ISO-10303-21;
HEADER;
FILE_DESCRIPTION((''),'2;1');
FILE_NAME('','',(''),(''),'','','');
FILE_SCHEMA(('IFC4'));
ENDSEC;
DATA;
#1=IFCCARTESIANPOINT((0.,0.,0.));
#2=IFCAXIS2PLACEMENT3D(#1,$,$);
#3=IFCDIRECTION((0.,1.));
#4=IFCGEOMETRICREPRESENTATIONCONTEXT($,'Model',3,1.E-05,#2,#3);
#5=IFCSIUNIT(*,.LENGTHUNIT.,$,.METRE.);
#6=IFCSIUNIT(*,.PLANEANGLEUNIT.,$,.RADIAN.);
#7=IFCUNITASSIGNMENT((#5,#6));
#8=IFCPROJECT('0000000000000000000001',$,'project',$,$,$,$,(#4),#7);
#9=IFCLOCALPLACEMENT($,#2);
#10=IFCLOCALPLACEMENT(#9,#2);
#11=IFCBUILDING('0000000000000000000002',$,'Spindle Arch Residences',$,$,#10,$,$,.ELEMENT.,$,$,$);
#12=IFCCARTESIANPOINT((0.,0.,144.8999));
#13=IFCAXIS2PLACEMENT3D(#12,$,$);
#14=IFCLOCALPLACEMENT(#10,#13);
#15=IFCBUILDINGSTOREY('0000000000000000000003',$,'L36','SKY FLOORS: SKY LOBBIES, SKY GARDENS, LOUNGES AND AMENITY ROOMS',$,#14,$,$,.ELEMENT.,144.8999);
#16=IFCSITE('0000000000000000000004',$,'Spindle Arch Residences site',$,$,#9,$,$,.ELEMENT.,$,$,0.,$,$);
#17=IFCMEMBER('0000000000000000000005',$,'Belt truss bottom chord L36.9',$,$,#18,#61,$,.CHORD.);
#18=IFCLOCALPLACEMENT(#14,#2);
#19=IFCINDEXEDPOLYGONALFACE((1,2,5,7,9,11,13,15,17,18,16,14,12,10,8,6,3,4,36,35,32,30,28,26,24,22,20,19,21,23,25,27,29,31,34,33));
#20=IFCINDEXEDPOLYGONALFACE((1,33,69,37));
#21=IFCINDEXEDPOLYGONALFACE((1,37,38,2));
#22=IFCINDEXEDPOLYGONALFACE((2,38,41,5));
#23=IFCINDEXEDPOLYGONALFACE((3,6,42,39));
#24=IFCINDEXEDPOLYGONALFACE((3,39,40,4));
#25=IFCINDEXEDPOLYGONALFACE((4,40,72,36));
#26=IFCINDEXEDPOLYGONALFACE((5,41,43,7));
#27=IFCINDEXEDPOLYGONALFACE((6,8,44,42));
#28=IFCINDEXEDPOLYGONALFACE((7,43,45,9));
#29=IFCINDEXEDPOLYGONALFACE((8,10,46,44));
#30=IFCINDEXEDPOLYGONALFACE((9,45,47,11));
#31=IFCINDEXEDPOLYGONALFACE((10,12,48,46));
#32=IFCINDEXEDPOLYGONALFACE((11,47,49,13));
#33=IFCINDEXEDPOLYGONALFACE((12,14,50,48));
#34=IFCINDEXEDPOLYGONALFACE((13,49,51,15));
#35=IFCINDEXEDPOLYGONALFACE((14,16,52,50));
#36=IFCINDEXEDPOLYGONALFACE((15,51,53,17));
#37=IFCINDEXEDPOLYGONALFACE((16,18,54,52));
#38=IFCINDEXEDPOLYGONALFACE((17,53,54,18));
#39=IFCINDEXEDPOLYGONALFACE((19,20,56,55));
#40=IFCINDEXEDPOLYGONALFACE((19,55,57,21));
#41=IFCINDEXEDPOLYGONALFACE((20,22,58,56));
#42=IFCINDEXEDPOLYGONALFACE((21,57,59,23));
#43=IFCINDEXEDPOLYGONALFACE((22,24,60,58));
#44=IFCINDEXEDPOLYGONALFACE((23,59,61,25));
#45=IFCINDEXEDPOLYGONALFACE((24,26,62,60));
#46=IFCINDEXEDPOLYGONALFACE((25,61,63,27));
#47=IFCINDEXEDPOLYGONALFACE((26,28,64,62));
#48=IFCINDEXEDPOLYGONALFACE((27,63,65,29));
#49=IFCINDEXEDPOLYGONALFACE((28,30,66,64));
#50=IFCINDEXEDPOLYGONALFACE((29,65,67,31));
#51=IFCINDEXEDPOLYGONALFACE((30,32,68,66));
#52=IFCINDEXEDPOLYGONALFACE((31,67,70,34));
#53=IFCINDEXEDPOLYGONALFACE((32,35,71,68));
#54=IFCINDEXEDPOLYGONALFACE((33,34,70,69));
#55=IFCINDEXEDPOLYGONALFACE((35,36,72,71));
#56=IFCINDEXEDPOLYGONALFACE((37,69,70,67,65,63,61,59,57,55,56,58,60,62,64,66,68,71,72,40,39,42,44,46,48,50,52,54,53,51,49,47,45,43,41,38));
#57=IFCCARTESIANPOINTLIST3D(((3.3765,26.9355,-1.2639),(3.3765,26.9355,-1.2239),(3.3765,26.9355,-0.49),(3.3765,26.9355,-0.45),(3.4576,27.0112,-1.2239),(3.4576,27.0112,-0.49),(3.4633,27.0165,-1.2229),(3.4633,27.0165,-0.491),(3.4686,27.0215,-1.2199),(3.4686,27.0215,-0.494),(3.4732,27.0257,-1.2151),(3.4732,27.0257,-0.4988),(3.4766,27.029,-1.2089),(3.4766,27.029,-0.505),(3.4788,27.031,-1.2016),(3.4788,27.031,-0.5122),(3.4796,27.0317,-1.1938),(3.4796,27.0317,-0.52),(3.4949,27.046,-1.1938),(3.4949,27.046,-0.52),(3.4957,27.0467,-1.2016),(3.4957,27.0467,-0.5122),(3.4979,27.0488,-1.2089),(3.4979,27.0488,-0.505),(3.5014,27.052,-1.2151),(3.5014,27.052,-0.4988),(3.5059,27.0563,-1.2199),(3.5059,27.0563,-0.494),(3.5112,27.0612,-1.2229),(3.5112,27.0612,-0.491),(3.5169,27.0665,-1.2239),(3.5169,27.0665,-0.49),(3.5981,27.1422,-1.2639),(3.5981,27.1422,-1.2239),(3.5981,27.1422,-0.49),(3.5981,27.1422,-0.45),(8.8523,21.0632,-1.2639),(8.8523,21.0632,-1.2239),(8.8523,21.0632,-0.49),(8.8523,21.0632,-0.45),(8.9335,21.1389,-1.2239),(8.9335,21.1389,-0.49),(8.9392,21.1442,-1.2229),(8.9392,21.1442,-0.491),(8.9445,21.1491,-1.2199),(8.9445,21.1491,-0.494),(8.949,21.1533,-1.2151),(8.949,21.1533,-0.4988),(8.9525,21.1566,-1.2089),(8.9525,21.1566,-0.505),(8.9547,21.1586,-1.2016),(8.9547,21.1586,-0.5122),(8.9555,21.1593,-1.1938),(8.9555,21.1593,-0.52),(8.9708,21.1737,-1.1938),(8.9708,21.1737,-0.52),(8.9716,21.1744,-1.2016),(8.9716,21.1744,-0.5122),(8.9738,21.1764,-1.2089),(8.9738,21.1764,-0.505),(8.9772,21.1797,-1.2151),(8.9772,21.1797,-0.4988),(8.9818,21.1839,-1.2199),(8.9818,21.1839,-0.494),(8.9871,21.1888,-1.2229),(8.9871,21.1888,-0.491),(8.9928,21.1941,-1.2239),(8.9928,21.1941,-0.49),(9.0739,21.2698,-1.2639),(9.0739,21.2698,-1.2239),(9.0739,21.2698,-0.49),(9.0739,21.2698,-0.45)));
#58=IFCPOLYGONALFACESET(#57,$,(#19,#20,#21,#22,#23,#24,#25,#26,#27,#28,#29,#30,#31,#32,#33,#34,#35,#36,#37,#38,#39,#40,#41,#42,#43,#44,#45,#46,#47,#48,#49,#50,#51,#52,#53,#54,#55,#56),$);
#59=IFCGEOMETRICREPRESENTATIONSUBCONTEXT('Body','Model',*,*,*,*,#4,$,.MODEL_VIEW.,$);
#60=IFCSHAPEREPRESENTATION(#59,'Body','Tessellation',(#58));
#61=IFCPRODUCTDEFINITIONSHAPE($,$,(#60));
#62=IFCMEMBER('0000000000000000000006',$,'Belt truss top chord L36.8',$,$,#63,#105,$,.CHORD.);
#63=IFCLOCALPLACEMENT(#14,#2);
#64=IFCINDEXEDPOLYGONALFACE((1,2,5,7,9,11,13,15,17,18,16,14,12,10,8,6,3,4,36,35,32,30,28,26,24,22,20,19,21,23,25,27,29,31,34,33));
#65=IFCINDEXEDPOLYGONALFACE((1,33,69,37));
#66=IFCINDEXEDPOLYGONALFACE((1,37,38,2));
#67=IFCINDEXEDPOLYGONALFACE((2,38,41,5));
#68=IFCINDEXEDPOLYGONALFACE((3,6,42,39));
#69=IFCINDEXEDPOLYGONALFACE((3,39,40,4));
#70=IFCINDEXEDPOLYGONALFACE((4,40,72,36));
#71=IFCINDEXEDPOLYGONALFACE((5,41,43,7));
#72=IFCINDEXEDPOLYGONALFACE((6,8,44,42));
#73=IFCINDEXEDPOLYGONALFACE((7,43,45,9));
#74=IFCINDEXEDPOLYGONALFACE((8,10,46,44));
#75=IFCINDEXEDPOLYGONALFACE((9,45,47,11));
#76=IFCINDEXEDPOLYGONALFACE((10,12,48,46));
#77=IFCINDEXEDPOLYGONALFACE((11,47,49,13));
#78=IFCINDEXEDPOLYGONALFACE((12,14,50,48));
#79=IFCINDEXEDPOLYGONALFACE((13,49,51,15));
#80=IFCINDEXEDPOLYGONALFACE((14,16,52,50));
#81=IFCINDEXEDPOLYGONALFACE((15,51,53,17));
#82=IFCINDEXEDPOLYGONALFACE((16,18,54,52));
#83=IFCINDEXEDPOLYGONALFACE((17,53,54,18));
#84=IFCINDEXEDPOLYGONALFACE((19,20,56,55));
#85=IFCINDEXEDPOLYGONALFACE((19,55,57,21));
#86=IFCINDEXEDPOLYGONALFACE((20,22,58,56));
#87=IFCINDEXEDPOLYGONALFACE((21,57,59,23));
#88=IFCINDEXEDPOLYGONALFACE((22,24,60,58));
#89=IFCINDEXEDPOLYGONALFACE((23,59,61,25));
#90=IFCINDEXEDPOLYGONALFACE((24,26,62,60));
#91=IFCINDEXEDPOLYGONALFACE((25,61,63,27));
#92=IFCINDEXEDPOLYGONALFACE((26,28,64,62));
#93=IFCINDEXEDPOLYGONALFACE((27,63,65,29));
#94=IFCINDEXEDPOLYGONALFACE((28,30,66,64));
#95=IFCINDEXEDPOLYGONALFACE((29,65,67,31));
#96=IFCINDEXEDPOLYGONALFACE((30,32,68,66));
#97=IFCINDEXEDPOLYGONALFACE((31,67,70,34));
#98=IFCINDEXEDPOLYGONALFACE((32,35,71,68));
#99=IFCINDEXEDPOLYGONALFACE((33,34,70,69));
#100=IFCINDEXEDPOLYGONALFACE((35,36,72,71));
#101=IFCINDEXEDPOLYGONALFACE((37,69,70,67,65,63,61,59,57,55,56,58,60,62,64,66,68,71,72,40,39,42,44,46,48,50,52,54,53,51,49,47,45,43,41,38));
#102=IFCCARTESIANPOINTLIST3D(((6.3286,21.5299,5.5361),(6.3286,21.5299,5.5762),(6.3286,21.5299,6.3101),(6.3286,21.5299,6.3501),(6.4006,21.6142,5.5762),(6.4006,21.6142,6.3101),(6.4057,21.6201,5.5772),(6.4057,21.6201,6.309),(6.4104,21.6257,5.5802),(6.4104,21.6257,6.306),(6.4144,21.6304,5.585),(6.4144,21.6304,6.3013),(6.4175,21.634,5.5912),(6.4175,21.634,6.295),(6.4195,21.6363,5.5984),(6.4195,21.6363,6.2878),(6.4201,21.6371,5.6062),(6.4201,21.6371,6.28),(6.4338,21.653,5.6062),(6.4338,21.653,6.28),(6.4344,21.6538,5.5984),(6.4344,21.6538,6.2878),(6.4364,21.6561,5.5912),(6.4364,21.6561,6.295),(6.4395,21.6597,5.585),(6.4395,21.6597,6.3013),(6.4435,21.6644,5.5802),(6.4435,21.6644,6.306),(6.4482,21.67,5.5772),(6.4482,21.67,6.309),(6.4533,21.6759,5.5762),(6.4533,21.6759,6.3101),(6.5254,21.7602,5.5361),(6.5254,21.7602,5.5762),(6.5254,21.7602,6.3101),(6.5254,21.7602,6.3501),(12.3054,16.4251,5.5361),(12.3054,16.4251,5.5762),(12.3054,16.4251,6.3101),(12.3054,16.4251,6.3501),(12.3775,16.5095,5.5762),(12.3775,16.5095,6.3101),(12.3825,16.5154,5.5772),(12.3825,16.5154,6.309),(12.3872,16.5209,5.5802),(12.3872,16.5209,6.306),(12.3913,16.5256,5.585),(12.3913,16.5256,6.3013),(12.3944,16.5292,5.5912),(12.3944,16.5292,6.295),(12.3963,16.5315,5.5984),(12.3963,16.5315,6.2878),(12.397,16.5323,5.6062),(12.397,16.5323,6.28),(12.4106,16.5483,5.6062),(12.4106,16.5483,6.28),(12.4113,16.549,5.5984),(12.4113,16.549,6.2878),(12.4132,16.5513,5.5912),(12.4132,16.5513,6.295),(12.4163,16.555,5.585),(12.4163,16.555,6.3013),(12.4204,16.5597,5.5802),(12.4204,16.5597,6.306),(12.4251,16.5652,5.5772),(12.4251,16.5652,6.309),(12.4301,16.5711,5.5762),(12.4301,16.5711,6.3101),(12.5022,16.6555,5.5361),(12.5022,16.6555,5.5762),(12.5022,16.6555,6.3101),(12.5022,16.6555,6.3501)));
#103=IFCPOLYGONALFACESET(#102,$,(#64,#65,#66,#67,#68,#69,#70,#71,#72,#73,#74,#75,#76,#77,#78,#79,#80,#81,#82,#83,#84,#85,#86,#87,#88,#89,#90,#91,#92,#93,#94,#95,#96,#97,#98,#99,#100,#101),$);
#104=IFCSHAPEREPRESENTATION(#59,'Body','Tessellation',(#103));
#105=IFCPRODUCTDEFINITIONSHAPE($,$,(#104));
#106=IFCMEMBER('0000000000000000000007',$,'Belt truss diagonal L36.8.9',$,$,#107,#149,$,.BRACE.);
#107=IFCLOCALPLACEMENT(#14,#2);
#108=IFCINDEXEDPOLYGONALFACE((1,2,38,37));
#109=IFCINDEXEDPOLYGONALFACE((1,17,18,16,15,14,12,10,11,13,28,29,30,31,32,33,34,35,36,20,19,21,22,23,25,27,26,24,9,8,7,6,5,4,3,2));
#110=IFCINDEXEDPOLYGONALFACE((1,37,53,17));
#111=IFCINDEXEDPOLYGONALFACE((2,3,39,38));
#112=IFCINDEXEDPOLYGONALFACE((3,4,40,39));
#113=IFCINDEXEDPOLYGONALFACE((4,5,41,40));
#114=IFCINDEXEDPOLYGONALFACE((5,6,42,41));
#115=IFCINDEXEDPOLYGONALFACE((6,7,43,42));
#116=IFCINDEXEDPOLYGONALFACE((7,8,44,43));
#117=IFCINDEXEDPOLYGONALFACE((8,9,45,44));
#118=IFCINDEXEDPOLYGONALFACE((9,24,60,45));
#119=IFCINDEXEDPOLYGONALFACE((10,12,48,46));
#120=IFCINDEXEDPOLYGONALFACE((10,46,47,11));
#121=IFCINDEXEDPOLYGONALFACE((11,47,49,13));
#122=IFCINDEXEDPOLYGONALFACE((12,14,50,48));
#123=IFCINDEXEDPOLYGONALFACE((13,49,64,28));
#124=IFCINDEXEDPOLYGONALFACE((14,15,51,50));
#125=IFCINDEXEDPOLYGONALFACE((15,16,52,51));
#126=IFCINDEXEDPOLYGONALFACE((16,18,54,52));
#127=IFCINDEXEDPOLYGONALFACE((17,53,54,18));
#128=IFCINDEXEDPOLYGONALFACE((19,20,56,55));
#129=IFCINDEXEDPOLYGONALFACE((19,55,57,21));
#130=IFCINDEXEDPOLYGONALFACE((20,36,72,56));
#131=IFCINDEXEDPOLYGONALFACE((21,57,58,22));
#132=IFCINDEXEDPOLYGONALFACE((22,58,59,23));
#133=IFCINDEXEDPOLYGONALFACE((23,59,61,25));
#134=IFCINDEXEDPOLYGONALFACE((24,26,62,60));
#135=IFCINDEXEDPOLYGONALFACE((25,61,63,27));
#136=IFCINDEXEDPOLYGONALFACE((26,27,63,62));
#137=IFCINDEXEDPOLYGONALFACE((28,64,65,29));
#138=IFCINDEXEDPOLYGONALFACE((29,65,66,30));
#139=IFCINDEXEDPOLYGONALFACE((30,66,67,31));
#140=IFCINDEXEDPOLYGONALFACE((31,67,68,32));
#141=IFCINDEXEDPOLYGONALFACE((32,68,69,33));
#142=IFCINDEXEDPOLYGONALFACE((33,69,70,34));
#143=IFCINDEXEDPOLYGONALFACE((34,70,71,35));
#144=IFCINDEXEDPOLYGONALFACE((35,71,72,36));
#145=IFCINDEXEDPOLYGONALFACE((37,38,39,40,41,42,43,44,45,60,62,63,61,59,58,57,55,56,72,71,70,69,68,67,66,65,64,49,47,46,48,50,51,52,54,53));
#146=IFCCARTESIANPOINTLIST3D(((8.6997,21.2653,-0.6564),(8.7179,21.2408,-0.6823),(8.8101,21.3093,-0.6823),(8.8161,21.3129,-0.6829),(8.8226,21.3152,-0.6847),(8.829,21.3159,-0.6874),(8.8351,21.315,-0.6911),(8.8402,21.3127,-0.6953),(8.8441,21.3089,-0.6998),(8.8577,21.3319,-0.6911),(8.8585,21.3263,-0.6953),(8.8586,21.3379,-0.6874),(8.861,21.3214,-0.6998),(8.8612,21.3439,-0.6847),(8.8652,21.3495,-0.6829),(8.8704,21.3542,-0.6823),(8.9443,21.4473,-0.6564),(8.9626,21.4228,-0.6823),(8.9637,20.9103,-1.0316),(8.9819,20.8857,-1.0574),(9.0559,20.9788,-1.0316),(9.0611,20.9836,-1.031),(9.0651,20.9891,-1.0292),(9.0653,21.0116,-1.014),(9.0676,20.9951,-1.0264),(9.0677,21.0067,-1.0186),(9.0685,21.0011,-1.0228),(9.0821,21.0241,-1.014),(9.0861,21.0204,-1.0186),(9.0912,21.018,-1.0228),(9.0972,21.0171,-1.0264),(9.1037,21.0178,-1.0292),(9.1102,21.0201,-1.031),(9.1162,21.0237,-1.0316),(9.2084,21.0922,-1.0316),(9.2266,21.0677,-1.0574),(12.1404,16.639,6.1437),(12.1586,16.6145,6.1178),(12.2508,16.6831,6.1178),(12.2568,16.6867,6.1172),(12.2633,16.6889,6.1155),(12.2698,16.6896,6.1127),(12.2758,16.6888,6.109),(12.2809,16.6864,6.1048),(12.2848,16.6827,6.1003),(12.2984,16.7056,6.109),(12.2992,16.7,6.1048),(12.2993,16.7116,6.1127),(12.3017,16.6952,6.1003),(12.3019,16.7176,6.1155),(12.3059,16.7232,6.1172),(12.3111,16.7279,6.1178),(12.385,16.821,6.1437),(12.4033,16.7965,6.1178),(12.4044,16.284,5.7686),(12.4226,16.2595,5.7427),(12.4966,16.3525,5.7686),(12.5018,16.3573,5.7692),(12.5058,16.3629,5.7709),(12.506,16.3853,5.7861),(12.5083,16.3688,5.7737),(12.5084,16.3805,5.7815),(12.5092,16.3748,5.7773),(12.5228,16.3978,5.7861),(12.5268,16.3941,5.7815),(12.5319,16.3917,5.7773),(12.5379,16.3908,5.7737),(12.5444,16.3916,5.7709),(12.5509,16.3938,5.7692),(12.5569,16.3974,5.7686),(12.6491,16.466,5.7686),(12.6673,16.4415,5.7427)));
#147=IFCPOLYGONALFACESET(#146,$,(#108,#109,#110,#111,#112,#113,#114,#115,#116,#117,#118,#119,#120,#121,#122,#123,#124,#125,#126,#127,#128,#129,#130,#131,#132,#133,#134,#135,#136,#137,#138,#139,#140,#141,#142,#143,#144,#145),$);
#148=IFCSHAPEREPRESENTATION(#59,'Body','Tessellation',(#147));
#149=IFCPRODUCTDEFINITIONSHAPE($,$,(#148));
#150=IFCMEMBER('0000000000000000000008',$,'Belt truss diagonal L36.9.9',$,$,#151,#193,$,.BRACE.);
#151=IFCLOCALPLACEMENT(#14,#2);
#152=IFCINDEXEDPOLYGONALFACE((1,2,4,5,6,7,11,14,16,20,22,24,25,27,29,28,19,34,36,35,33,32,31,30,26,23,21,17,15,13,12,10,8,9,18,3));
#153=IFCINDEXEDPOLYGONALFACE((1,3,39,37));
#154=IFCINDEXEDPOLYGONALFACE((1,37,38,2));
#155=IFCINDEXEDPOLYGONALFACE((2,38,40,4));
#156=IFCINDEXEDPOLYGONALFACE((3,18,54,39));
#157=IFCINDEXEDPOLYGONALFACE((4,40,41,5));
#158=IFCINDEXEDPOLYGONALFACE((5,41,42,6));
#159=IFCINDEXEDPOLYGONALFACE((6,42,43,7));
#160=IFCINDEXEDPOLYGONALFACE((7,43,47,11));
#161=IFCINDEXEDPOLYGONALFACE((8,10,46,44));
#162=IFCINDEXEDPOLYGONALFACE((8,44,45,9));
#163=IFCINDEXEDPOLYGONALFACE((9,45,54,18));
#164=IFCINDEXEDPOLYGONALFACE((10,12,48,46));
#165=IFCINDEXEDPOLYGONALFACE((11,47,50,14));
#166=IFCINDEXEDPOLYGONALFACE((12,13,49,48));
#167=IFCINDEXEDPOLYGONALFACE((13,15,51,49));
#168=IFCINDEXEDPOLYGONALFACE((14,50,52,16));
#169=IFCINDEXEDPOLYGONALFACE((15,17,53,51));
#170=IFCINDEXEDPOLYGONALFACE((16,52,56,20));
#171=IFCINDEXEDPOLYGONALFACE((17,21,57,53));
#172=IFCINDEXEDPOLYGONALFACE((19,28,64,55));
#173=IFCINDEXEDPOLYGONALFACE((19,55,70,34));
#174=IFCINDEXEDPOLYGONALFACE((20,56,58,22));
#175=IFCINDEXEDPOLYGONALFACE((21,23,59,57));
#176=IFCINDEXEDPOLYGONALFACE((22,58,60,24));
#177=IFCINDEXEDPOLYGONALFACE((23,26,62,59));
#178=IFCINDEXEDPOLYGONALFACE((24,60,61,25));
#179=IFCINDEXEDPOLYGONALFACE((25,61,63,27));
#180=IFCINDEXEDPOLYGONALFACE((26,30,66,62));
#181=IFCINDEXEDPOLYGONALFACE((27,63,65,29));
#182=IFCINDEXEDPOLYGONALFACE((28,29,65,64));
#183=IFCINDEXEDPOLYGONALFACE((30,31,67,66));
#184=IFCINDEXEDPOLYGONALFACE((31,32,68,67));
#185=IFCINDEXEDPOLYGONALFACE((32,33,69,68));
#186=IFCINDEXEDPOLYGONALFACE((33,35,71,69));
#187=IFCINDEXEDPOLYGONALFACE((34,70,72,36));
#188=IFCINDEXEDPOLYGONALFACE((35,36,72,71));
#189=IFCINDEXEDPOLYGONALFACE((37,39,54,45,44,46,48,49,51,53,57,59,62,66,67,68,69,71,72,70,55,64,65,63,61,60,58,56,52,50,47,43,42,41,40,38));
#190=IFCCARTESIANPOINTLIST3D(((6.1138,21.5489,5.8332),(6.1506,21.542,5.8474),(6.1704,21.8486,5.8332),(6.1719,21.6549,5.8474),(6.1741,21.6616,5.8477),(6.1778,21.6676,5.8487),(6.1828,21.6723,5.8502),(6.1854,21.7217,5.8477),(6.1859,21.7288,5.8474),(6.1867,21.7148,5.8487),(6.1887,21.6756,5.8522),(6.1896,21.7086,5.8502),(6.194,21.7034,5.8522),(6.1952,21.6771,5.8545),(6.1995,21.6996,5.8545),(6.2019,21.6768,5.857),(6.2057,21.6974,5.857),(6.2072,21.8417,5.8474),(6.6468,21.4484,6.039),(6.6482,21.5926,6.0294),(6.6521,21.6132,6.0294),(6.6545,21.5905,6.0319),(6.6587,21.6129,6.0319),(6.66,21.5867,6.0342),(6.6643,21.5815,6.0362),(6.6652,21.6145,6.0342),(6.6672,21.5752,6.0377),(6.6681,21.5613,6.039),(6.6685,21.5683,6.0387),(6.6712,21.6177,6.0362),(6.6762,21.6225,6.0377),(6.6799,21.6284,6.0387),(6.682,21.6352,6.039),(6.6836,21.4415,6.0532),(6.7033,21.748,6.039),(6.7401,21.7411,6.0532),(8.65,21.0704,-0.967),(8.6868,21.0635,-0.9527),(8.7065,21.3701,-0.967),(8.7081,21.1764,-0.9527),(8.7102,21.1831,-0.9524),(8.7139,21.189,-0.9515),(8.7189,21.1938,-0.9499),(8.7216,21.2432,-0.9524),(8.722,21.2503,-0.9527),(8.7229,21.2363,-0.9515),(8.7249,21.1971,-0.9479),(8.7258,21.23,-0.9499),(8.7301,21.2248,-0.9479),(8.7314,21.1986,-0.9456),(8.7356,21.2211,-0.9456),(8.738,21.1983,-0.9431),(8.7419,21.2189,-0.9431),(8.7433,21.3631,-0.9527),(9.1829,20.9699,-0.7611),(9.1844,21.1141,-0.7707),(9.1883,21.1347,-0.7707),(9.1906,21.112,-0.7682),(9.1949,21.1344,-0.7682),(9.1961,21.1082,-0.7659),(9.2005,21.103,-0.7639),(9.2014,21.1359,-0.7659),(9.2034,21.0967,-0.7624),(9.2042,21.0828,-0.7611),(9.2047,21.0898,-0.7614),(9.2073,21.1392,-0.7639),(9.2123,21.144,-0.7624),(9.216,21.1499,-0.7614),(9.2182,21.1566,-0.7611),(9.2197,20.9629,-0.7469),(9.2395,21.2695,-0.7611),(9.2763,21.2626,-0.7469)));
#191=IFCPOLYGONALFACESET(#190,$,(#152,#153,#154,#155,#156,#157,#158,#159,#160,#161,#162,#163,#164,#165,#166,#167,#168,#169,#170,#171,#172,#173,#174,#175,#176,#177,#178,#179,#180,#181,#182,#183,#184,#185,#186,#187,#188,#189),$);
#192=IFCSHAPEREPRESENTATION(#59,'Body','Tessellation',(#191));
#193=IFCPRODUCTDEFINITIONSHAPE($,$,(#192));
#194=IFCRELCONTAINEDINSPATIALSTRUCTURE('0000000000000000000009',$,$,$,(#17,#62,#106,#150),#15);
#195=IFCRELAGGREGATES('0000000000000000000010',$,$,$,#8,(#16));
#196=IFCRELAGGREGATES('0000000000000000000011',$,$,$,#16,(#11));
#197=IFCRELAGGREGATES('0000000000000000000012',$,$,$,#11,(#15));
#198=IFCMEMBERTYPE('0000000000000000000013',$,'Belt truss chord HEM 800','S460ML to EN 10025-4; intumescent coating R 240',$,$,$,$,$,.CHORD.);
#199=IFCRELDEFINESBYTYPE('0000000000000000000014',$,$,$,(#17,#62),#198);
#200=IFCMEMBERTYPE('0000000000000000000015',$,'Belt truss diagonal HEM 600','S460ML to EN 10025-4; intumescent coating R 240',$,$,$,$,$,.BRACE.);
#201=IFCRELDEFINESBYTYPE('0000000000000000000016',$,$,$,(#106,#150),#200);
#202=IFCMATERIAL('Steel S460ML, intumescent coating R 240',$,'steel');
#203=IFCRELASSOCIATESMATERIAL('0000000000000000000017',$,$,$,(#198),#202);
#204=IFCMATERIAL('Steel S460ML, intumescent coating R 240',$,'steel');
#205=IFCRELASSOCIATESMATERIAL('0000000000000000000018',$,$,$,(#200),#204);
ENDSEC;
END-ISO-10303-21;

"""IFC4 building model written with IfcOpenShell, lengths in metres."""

from ifc_helpers import new_model, si_unit, direction, frame, origin, origin_2d, place, context, subcontext, project, spatial, i_section, extrude, material, material_profile, profile_set, type_object, element, save


model = new_model("IFC4")

# Units and contexts
model_context = context("Model", 3, precision=1e-05, world=origin(), true_north=direction((0.0, 1.0)))
body_context = subcontext(model_context, "Body", "Model", "MODEL_VIEW")
ifc_project = project(units=[si_unit("LENGTHUNIT", "METRE"), si_unit("PLANEANGLEUNIT", "RADIAN")], contexts=[model_context])

# Site, building, storey
site_placement = place(None, origin())
site = spatial("IfcSite", under=ifc_project, at=site_placement, Name="Spindle Arch Residences site", CompositionType="ELEMENT", RefElevation=0.0)
building_placement = place(site_placement, origin())
building = spatial("IfcBuilding", under=site, at=building_placement, Name="Spindle Arch Residences", CompositionType="ELEMENT")
storey_placement = place(building_placement, frame((0.0, 0.0, 144.8999)))
storey = spatial("IfcBuildingStorey", under=building, at=storey_placement, Name="L36", Description="SKY FLOORS: SKY LOBBIES, SKY GARDENS, LOUNGES AND AMENITY ROOMS", CompositionType="ELEMENT", Elevation=144.8999)

# Members
ifc_material_1 = material(Name="Steel S460ML, intumescent coating R 240", Category="steel")
ifc_material_profile_1 = material_profile(ifc_material_1, i_section(OverallWidth=0.303, OverallDepth=0.814, WebThickness=0.021, FlangeThickness=0.04, FilletRadius=0.03, at=origin_2d()), Name="HEM 800")
ifc_profile_set_1 = profile_set([ifc_material_profile_1], Name="Steel S460ML, intumescent coating R 240")
member_type_1 = type_object("IfcMemberType", Name="Belt truss chord HEM 800", Description="S460ML to EN 10025-4; intumescent coating R 240", PredefinedType="CHORD", material=ifc_profile_set_1)
member_1_placement = place(storey_placement, frame((8.9631, 21.1665, -0.8569), z_axis=(-0.681986, 0.731366, 0.0), x_axis=(-0.731366, -0.681986, 0.0)))
element("IfcMember", 1, at=member_1_placement, inside=storey, type_object=member_type_1, Name="Belt truss bottom chord L36.9", PredefinedType="CHORD", context=body_context, shape_type="SweptSolid", body=[
    extrude(i_section(OverallWidth=0.303, OverallDepth=0.814, WebThickness=0.021, FlangeThickness=0.04, FilletRadius=0.03, at=origin_2d()), origin(), (0.0, 0.0, 1.0), 8.0293),
])
member_2_placement = place(storey_placement, frame((12.4038, 16.5403, 5.9431), z_axis=(-0.760402, 0.649453, 0.0), x_axis=(-0.649453, -0.760402, 0.0)))
element("IfcMember", 2, at=member_2_placement, inside=storey, type_object=member_type_1, Name="Belt truss top chord L36.8", PredefinedType="CHORD", context=body_context, shape_type="SweptSolid", body=[
    extrude(i_section(OverallWidth=0.303, OverallDepth=0.814, WebThickness=0.021, FlangeThickness=0.04, FilletRadius=0.03, at=origin_2d()), origin(), (0.0, 0.0, 1.0), 7.8601),
])
ifc_material_2 = material(Name="Steel S460ML, intumescent coating R 240", Category="steel")
ifc_material_profile_2 = material_profile(ifc_material_2, i_section(OverallWidth=0.3049, OverallDepth=0.6201, WebThickness=0.021, FlangeThickness=0.04, FilletRadius=0.0271, at=origin_2d()), Name="HEM 600")
ifc_profile_set_2 = profile_set([ifc_material_profile_2], Name="Steel S460ML, intumescent coating R 240")
member_type_2 = type_object("IfcMemberType", Name="Belt truss diagonal HEM 600", Description="S460ML to EN 10025-4; intumescent coating R 240", PredefinedType="BRACE", material=ifc_profile_set_2)
member_3_placement = place(storey_placement, frame((8.9631, 21.1665, -0.8569), z_axis=(0.385933, -0.518914, 0.762748), x_axis=(0.802407, 0.596777, 0.0)))
element("IfcMember", 3, at=member_3_placement, inside=storey, type_object=member_type_2, Name="Belt truss diagonal L36.8.9", PredefinedType="BRACE", context=body_context, shape_type="SweptSolid", body=[
    extrude(i_section(OverallWidth=0.3049, OverallDepth=0.6201, WebThickness=0.021, FlangeThickness=0.04, FilletRadius=0.0271, at=origin_2d()), origin(), (0.0, 0.0, 1.0), 8.9153),
])
member_4_placement = place(storey_placement, frame((8.9631, 21.1665, -0.8569), z_axis=(-0.348688, 0.06579, 0.934927), x_axis=(-0.185408, -0.982662, 0.0)))
element("IfcMember", 4, at=member_4_placement, inside=storey, type_object=member_type_2, Name="Belt truss diagonal L36.9.9", PredefinedType="BRACE", context=body_context, shape_type="SweptSolid", body=[
    extrude(i_section(OverallWidth=0.3049, OverallDepth=0.6201, WebThickness=0.021, FlangeThickness=0.04, FilletRadius=0.0271, at=origin_2d()), origin(), (0.0, 0.0, 1.0), 7.2734),
])

save(model, "model.ifc")
